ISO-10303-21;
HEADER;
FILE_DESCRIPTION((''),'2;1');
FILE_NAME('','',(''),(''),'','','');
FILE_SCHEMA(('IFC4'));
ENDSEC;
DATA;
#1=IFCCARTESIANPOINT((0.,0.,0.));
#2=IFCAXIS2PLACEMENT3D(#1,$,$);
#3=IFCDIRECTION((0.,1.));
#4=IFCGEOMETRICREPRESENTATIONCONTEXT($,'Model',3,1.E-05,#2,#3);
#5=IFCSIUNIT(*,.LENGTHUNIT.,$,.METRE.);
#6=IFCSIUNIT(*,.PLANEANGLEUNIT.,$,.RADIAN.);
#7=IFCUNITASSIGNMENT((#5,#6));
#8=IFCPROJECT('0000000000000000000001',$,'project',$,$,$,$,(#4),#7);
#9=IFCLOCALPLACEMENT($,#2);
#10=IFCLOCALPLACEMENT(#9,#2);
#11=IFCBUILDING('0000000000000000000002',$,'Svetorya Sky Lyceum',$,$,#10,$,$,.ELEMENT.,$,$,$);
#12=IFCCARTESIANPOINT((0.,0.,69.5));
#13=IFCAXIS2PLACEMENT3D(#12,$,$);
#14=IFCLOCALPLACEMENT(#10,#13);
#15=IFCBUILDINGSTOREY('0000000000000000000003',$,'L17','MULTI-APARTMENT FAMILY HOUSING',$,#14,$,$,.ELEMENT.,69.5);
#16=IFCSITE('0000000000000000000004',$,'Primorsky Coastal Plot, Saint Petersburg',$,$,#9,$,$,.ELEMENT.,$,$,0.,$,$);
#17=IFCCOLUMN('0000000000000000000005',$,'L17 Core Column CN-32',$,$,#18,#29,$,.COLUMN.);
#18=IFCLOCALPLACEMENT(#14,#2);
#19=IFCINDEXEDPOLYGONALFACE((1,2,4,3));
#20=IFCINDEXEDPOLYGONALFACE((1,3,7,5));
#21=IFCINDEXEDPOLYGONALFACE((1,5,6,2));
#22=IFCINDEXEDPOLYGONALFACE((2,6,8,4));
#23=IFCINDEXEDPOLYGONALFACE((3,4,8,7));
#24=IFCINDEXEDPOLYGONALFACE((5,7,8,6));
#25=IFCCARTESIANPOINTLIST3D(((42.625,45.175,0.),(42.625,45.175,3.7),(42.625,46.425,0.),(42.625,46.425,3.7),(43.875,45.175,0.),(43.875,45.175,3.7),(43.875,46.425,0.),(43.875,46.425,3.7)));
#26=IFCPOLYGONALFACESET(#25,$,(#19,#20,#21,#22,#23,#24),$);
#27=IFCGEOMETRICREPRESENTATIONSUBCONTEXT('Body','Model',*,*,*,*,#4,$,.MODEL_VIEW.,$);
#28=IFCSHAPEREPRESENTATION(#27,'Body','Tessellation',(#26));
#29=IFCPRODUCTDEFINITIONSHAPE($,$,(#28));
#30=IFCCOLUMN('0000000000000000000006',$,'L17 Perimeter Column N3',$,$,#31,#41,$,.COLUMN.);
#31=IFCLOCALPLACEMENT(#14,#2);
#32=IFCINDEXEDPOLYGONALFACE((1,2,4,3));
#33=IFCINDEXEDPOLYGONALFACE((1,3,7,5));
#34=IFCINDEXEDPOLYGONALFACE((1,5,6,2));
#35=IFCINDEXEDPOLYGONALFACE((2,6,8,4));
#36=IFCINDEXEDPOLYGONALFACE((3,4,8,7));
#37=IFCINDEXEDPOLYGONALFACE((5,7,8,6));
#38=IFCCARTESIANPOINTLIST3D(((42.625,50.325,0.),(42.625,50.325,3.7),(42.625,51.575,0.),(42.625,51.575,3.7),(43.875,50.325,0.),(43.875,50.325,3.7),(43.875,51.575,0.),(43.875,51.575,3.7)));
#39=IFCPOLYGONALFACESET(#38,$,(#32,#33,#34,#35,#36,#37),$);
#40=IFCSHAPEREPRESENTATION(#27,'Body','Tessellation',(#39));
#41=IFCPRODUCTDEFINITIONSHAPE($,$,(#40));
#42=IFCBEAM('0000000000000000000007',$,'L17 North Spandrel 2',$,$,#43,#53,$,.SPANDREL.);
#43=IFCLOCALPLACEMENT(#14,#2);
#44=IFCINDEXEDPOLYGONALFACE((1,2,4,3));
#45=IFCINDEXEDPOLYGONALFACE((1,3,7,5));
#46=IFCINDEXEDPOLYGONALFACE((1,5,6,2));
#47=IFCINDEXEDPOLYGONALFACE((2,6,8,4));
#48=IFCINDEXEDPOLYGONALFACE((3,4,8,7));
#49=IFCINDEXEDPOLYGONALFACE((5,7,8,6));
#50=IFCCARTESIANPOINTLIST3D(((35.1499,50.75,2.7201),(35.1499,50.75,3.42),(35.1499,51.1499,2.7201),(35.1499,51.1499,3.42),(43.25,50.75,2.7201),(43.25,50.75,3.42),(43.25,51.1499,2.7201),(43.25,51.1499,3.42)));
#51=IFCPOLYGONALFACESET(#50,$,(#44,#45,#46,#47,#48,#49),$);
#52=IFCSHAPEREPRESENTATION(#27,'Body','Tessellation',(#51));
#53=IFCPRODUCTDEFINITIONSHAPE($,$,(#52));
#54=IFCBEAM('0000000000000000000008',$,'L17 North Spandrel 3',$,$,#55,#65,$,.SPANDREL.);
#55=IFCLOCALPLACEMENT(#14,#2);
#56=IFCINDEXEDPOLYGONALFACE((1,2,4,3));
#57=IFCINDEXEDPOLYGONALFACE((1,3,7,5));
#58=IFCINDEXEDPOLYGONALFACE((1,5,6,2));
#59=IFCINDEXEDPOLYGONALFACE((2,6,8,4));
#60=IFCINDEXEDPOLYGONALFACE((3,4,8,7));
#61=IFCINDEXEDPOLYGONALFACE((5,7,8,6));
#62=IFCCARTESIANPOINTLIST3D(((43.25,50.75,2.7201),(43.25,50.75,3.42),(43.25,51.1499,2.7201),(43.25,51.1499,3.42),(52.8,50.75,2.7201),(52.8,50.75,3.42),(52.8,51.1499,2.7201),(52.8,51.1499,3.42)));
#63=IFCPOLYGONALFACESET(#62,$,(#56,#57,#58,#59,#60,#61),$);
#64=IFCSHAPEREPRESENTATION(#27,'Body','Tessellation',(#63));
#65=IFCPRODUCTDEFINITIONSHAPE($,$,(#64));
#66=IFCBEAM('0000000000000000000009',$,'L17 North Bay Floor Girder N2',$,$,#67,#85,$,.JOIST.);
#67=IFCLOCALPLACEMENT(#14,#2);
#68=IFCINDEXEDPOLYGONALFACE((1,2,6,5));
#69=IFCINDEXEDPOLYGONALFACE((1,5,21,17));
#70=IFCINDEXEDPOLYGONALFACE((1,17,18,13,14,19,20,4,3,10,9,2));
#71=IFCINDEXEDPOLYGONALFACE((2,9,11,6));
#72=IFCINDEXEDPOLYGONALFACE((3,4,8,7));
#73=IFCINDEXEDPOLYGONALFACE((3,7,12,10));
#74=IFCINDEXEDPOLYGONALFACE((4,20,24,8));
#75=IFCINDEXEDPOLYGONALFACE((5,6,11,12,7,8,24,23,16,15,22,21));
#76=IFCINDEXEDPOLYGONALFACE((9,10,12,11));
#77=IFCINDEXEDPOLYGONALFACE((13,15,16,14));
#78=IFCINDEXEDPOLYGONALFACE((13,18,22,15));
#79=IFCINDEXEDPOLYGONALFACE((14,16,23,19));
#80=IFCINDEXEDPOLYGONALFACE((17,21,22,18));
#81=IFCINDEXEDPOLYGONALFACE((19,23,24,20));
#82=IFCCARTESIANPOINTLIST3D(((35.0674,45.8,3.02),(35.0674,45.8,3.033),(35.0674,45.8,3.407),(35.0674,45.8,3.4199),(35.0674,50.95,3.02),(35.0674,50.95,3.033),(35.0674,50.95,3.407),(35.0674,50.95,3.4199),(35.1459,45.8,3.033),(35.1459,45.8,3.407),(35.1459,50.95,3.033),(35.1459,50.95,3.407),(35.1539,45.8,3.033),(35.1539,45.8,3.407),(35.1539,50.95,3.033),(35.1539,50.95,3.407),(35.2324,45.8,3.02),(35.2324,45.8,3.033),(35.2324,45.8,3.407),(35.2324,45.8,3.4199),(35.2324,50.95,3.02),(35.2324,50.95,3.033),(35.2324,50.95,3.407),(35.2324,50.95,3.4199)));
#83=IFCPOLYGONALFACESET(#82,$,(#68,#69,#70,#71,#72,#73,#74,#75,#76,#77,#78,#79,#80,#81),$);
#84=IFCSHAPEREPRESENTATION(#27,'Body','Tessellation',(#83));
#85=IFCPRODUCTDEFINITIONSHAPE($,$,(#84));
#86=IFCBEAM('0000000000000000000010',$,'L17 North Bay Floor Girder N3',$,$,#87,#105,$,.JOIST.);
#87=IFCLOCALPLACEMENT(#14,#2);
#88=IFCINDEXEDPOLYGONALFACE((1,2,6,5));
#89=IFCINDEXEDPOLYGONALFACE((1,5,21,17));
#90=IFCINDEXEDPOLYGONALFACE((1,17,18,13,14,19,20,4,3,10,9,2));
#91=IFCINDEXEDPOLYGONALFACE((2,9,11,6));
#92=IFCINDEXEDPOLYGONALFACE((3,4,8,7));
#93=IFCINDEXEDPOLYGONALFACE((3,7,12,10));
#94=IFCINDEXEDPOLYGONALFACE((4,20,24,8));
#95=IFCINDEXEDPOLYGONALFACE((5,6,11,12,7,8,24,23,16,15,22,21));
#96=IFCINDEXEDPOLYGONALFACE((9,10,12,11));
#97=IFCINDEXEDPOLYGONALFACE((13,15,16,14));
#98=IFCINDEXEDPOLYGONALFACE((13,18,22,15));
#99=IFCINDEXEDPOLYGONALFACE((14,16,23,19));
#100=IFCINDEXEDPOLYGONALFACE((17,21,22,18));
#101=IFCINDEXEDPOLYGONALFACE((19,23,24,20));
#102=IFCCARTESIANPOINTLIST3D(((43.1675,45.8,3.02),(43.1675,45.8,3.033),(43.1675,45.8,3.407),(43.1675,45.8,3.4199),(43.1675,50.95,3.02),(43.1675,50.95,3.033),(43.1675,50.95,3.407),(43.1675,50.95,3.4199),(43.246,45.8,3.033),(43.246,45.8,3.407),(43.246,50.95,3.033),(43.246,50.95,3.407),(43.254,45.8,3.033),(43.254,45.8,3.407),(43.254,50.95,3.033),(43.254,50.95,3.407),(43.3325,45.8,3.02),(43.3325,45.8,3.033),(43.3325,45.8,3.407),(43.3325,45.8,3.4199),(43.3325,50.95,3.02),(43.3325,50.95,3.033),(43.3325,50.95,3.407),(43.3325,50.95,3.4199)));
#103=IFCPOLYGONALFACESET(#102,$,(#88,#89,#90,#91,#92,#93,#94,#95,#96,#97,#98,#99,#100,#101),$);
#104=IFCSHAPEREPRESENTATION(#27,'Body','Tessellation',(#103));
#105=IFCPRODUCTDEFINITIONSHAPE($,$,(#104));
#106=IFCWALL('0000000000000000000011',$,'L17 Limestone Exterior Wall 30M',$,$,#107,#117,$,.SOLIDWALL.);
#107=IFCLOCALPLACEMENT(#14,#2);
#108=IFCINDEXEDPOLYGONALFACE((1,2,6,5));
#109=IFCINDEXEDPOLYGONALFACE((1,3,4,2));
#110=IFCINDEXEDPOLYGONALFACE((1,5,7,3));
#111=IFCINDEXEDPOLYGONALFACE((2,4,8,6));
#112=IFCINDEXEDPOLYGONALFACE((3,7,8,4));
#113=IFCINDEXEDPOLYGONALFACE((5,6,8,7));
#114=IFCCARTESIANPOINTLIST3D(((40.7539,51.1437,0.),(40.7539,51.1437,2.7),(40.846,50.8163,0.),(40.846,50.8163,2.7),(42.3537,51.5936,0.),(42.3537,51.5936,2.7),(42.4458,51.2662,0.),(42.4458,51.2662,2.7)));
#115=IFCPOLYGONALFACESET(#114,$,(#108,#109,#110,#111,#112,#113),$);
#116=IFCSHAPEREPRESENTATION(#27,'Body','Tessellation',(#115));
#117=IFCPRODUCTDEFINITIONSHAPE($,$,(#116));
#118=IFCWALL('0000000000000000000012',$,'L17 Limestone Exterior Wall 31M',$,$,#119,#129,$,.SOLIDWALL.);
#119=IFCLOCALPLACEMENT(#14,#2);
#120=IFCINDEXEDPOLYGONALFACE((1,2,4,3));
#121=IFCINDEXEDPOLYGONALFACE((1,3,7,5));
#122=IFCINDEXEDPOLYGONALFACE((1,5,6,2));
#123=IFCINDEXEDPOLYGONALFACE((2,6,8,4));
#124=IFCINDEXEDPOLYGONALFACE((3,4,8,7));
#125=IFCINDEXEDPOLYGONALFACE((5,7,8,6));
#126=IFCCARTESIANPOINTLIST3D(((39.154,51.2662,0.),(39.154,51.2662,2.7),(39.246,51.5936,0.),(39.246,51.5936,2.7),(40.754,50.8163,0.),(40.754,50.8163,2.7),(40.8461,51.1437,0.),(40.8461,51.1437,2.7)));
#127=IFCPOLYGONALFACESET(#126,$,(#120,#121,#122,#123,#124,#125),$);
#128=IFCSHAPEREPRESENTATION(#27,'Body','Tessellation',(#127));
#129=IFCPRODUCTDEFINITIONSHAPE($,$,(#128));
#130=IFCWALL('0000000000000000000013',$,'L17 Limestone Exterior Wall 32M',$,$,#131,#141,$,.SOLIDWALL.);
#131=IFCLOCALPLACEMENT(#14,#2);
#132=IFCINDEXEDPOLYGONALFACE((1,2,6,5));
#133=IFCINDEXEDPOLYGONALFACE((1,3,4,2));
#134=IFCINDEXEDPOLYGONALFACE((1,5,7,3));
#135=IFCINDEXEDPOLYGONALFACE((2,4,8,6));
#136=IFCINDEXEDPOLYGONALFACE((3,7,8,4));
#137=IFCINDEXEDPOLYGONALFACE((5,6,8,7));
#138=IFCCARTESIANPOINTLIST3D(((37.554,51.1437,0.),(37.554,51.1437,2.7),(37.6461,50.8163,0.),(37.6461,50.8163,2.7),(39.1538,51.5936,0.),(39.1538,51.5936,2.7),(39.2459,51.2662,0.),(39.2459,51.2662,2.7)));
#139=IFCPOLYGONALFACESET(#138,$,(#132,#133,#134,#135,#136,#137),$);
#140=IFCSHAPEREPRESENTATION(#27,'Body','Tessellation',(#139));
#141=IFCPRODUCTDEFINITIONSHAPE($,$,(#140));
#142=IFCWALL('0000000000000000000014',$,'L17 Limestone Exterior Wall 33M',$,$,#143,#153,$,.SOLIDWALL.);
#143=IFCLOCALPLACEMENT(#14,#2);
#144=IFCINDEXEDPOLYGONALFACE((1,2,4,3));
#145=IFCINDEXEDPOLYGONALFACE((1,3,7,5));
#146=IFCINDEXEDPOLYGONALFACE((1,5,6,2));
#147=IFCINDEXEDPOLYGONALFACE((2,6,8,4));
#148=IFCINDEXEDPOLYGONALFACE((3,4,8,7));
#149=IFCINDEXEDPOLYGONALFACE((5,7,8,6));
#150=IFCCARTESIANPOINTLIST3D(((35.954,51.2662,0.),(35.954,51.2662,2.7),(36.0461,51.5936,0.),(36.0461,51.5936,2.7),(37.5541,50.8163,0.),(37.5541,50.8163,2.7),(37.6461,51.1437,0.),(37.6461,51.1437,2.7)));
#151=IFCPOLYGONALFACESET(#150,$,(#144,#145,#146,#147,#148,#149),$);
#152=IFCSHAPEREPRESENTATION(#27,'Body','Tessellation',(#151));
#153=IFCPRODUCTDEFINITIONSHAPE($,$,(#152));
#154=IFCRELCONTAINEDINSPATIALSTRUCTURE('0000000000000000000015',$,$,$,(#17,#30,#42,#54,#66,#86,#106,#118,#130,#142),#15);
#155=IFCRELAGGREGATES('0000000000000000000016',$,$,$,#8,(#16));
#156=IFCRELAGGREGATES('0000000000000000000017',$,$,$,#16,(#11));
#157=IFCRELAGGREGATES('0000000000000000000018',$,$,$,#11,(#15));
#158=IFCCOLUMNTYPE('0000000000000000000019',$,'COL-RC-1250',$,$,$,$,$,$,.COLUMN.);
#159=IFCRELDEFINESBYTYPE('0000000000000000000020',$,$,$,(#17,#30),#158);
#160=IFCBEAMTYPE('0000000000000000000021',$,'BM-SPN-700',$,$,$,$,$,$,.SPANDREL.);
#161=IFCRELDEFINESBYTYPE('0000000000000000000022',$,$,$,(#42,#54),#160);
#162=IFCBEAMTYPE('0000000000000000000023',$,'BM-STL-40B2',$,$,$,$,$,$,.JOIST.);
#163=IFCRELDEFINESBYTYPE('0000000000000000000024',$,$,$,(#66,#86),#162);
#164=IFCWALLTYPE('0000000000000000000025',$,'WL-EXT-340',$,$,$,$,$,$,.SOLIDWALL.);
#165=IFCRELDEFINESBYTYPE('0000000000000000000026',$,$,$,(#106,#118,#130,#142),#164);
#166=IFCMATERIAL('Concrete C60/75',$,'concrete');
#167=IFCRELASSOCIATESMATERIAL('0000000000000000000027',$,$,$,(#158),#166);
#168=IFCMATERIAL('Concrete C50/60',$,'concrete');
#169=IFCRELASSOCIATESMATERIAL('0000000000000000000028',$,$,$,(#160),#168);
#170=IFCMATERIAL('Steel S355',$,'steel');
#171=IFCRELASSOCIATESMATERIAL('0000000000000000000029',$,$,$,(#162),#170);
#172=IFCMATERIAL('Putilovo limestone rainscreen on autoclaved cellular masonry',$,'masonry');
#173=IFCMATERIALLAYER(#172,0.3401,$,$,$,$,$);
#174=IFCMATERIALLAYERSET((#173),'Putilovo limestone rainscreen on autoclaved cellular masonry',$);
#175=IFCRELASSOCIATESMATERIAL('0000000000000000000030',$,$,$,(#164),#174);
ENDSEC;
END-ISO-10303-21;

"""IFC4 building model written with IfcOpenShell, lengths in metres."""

from ifc_helpers import new_model, si_unit, direction, frame, frame_2d, origin, origin_2d, place, context, subcontext, project, spatial, rectangle, i_section, extrude, material, layer, layer_set, material_profile, profile_set, type_object, element, save


model = new_model("IFC4")

# Units and contexts
model_context = context("Model", 3, precision=1e-05, world=origin(), true_north=direction((0.0, 1.0)))
body_context = subcontext(model_context, "Body", "Model", "MODEL_VIEW")
ifc_project = project(units=[si_unit("LENGTHUNIT", "METRE"), si_unit("PLANEANGLEUNIT", "RADIAN")], contexts=[model_context])

# Site, building, storey
site_placement = place(None, origin())
site = spatial("IfcSite", under=ifc_project, at=site_placement, Name="Primorsky Coastal Plot, Saint Petersburg", CompositionType="ELEMENT", RefElevation=0.0)
building_placement = place(site_placement, origin())
building = spatial("IfcBuilding", under=site, at=building_placement, Name="Svetorya Sky Lyceum", CompositionType="ELEMENT")
storey_placement = place(building_placement, frame((0.0, 0.0, 69.5)))
storey = spatial("IfcBuildingStorey", under=building, at=storey_placement, Name="L17", Description="MULTI-APARTMENT FAMILY HOUSING", CompositionType="ELEMENT", Elevation=69.5)

# Columns
ifc_material_1 = material(Name="Concrete C60/75", Category="concrete")
ifc_material_profile_1 = material_profile(ifc_material_1, rectangle(XDim=1.25, YDim=1.25, at=origin_2d()), Name="RC COL 1250x1250")
ifc_profile_set_1 = profile_set([ifc_material_profile_1], Name="Concrete C60/75")
column_type = type_object("IfcColumnType", Name="COL-RC-1250", PredefinedType="COLUMN", material=ifc_profile_set_1)
for number, where, z_axis, x_axis, name in (
    (1, (43.25, 45.8, 0.0), (0.0, 0.0, 1.0), (1.0, 0.0, 0.0), "L17 Core Column CN-32"),
    (2, (43.25, 50.95, 0.0), (0.0, 0.0, 1.0), (1.0, 0.0, 0.0), "L17 Perimeter Column N3"),
):
    element("IfcColumn", number, at=place(storey_placement, frame(where, z_axis=z_axis, x_axis=x_axis)), inside=storey, type_object=column_type, Name=name, PredefinedType="COLUMN", context=body_context, shape_type="SweptSolid", body=[
        extrude(rectangle(XDim=1.25, YDim=1.25, at=origin_2d()), origin(), (0.0, 0.0, 1.0), 3.7),
    ])

# Beams
ifc_material_2 = material(Name="Concrete C50/60", Category="concrete")
ifc_material_profile_2 = material_profile(ifc_material_2, rectangle(XDim=0.3999, YDim=0.7, at=origin_2d()), Name="RC SPANDREL 400x700")
ifc_profile_set_2 = profile_set([ifc_material_profile_2], Name="Concrete C50/60")
beam_type_1 = type_object("IfcBeamType", Name="BM-SPN-700", PredefinedType="SPANDREL", material=ifc_profile_set_2)
beam_1_placement = place(storey_placement, frame((35.1499, 50.95, 3.0701), z_axis=(1.0, 0.0, 0.0), x_axis=(0.0, 1.0, 0.0)))
element("IfcBeam", 3, at=beam_1_placement, inside=storey, type_object=beam_type_1, Name="L17 North Spandrel 2", PredefinedType="SPANDREL", context=body_context, shape_type="SweptSolid", body=[
    extrude(rectangle(XDim=0.3999, YDim=0.7, at=origin_2d()), origin(), (0.0, 0.0, 1.0), 8.1001),
])
beam_2_placement = place(storey_placement, frame((43.25, 50.95, 3.0701), z_axis=(1.0, 0.0, 0.0), x_axis=(0.0, 1.0, 0.0)))
element("IfcBeam", 4, at=beam_2_placement, inside=storey, type_object=beam_type_1, Name="L17 North Spandrel 3", PredefinedType="SPANDREL", context=body_context, shape_type="SweptSolid", body=[
    extrude(rectangle(XDim=0.3999, YDim=0.7, at=origin_2d()), origin(), (0.0, 0.0, 1.0), 9.55),
])
ifc_material_3 = material(Name="Steel S355", Category="steel")
ifc_material_profile_3 = material_profile(ifc_material_3, i_section(OverallWidth=0.165, OverallDepth=0.3999, WebThickness=0.0081, FlangeThickness=0.0129, at=origin_2d()), Name="GOST 40B2")
ifc_profile_set_3 = profile_set([ifc_material_profile_3], Name="Steel S355")
beam_type_2 = type_object("IfcBeamType", Name="BM-STL-40B2", PredefinedType="JOIST", material=ifc_profile_set_3)
for number, where, z_axis, x_axis, name in (
    (5, (35.1499, 45.8, 3.22), (0.0, 1.0, 0.0), (-1.0, 0.0, 0.0), "L17 North Bay Floor Girder N2"),
    (6, (43.25, 45.8, 3.22), (0.0, 1.0, 0.0), (-1.0, 0.0, 0.0), "L17 North Bay Floor Girder N3"),
):
    element("IfcBeam", number, at=place(storey_placement, frame(where, z_axis=z_axis, x_axis=x_axis)), inside=storey, type_object=beam_type_2, Name=name, PredefinedType="JOIST", context=body_context, shape_type="SweptSolid", body=[
        extrude(i_section(OverallWidth=0.165, OverallDepth=0.3999, WebThickness=0.0081, FlangeThickness=0.0129, at=origin_2d()), origin(), (0.0, 0.0, 1.0), 5.1499),
    ])

# Walls
ifc_material_4 = material(Name="Putilovo limestone rainscreen on autoclaved cellular masonry", Category="masonry")
ifc_layer_1 = layer(ifc_material_4, 0.3401)
ifc_layer_set_1 = layer_set([ifc_layer_1], Name="Putilovo limestone rainscreen on autoclaved cellular masonry")
wall_type_1 = type_object("IfcWallType", Name="WL-EXT-340", PredefinedType="SOLIDWALL", material=ifc_layer_set_1)
wall_1_placement = place(storey_placement, frame((42.3999, 51.4299, 0.0), z_axis=(0.0, 0.0, 1.0), x_axis=(-0.962652, -0.270741, 0.0)))
element("IfcWall", 7, at=wall_1_placement, inside=storey, type_object=wall_type_1, Name="L17 Limestone Exterior Wall 30M", PredefinedType="SOLIDWALL", context=body_context, shape_type="SweptSolid", body=[
    extrude(rectangle(XDim=1.6619, YDim=0.3401, at=frame_2d((0.8311, 0.0))), origin(), (0.0, 0.0, 1.0), 2.7),
])
wall_2_placement = place(storey_placement, frame((40.8, 50.98, 0.0), z_axis=(0.0, 0.0, 1.0), x_axis=(-0.962663, 0.270703, 0.0)))
element("IfcWall", 8, at=wall_2_placement, inside=storey, type_object=wall_type_1, Name="L17 Limestone Exterior Wall 31M", PredefinedType="SOLIDWALL", context=body_context, shape_type="SweptSolid", body=[
    extrude(rectangle(XDim=1.6621, YDim=0.3401, at=frame_2d((0.8311, 0.0))), origin(), (0.0, 0.0, 1.0), 2.7),
])
wall_3_placement = place(storey_placement, frame((39.2, 51.4299, 0.0), z_axis=(0.0, 0.0, 1.0), x_axis=(-0.962652, -0.270741, 0.0)))
element("IfcWall", 9, at=wall_3_placement, inside=storey, type_object=wall_type_1, Name="L17 Limestone Exterior Wall 32M", PredefinedType="SOLIDWALL", context=body_context, shape_type="SweptSolid", body=[
    extrude(rectangle(XDim=1.6619, YDim=0.3401, at=frame_2d((0.8311, 0.0))), origin(), (0.0, 0.0, 1.0), 2.7),
])
wall_4_placement = place(storey_placement, frame((37.6001, 50.98, 0.0), z_axis=(0.0, 0.0, 1.0), x_axis=(-0.962663, 0.270703, 0.0)))
element("IfcWall", 10, at=wall_4_placement, inside=storey, type_object=wall_type_1, Name="L17 Limestone Exterior Wall 33M", PredefinedType="SOLIDWALL", context=body_context, shape_type="SweptSolid", body=[
    extrude(rectangle(XDim=1.6621, YDim=0.3401, at=frame_2d((0.8311, 0.0))), origin(), (0.0, 0.0, 1.0), 2.7),
])

save(model, "model.ifc")
